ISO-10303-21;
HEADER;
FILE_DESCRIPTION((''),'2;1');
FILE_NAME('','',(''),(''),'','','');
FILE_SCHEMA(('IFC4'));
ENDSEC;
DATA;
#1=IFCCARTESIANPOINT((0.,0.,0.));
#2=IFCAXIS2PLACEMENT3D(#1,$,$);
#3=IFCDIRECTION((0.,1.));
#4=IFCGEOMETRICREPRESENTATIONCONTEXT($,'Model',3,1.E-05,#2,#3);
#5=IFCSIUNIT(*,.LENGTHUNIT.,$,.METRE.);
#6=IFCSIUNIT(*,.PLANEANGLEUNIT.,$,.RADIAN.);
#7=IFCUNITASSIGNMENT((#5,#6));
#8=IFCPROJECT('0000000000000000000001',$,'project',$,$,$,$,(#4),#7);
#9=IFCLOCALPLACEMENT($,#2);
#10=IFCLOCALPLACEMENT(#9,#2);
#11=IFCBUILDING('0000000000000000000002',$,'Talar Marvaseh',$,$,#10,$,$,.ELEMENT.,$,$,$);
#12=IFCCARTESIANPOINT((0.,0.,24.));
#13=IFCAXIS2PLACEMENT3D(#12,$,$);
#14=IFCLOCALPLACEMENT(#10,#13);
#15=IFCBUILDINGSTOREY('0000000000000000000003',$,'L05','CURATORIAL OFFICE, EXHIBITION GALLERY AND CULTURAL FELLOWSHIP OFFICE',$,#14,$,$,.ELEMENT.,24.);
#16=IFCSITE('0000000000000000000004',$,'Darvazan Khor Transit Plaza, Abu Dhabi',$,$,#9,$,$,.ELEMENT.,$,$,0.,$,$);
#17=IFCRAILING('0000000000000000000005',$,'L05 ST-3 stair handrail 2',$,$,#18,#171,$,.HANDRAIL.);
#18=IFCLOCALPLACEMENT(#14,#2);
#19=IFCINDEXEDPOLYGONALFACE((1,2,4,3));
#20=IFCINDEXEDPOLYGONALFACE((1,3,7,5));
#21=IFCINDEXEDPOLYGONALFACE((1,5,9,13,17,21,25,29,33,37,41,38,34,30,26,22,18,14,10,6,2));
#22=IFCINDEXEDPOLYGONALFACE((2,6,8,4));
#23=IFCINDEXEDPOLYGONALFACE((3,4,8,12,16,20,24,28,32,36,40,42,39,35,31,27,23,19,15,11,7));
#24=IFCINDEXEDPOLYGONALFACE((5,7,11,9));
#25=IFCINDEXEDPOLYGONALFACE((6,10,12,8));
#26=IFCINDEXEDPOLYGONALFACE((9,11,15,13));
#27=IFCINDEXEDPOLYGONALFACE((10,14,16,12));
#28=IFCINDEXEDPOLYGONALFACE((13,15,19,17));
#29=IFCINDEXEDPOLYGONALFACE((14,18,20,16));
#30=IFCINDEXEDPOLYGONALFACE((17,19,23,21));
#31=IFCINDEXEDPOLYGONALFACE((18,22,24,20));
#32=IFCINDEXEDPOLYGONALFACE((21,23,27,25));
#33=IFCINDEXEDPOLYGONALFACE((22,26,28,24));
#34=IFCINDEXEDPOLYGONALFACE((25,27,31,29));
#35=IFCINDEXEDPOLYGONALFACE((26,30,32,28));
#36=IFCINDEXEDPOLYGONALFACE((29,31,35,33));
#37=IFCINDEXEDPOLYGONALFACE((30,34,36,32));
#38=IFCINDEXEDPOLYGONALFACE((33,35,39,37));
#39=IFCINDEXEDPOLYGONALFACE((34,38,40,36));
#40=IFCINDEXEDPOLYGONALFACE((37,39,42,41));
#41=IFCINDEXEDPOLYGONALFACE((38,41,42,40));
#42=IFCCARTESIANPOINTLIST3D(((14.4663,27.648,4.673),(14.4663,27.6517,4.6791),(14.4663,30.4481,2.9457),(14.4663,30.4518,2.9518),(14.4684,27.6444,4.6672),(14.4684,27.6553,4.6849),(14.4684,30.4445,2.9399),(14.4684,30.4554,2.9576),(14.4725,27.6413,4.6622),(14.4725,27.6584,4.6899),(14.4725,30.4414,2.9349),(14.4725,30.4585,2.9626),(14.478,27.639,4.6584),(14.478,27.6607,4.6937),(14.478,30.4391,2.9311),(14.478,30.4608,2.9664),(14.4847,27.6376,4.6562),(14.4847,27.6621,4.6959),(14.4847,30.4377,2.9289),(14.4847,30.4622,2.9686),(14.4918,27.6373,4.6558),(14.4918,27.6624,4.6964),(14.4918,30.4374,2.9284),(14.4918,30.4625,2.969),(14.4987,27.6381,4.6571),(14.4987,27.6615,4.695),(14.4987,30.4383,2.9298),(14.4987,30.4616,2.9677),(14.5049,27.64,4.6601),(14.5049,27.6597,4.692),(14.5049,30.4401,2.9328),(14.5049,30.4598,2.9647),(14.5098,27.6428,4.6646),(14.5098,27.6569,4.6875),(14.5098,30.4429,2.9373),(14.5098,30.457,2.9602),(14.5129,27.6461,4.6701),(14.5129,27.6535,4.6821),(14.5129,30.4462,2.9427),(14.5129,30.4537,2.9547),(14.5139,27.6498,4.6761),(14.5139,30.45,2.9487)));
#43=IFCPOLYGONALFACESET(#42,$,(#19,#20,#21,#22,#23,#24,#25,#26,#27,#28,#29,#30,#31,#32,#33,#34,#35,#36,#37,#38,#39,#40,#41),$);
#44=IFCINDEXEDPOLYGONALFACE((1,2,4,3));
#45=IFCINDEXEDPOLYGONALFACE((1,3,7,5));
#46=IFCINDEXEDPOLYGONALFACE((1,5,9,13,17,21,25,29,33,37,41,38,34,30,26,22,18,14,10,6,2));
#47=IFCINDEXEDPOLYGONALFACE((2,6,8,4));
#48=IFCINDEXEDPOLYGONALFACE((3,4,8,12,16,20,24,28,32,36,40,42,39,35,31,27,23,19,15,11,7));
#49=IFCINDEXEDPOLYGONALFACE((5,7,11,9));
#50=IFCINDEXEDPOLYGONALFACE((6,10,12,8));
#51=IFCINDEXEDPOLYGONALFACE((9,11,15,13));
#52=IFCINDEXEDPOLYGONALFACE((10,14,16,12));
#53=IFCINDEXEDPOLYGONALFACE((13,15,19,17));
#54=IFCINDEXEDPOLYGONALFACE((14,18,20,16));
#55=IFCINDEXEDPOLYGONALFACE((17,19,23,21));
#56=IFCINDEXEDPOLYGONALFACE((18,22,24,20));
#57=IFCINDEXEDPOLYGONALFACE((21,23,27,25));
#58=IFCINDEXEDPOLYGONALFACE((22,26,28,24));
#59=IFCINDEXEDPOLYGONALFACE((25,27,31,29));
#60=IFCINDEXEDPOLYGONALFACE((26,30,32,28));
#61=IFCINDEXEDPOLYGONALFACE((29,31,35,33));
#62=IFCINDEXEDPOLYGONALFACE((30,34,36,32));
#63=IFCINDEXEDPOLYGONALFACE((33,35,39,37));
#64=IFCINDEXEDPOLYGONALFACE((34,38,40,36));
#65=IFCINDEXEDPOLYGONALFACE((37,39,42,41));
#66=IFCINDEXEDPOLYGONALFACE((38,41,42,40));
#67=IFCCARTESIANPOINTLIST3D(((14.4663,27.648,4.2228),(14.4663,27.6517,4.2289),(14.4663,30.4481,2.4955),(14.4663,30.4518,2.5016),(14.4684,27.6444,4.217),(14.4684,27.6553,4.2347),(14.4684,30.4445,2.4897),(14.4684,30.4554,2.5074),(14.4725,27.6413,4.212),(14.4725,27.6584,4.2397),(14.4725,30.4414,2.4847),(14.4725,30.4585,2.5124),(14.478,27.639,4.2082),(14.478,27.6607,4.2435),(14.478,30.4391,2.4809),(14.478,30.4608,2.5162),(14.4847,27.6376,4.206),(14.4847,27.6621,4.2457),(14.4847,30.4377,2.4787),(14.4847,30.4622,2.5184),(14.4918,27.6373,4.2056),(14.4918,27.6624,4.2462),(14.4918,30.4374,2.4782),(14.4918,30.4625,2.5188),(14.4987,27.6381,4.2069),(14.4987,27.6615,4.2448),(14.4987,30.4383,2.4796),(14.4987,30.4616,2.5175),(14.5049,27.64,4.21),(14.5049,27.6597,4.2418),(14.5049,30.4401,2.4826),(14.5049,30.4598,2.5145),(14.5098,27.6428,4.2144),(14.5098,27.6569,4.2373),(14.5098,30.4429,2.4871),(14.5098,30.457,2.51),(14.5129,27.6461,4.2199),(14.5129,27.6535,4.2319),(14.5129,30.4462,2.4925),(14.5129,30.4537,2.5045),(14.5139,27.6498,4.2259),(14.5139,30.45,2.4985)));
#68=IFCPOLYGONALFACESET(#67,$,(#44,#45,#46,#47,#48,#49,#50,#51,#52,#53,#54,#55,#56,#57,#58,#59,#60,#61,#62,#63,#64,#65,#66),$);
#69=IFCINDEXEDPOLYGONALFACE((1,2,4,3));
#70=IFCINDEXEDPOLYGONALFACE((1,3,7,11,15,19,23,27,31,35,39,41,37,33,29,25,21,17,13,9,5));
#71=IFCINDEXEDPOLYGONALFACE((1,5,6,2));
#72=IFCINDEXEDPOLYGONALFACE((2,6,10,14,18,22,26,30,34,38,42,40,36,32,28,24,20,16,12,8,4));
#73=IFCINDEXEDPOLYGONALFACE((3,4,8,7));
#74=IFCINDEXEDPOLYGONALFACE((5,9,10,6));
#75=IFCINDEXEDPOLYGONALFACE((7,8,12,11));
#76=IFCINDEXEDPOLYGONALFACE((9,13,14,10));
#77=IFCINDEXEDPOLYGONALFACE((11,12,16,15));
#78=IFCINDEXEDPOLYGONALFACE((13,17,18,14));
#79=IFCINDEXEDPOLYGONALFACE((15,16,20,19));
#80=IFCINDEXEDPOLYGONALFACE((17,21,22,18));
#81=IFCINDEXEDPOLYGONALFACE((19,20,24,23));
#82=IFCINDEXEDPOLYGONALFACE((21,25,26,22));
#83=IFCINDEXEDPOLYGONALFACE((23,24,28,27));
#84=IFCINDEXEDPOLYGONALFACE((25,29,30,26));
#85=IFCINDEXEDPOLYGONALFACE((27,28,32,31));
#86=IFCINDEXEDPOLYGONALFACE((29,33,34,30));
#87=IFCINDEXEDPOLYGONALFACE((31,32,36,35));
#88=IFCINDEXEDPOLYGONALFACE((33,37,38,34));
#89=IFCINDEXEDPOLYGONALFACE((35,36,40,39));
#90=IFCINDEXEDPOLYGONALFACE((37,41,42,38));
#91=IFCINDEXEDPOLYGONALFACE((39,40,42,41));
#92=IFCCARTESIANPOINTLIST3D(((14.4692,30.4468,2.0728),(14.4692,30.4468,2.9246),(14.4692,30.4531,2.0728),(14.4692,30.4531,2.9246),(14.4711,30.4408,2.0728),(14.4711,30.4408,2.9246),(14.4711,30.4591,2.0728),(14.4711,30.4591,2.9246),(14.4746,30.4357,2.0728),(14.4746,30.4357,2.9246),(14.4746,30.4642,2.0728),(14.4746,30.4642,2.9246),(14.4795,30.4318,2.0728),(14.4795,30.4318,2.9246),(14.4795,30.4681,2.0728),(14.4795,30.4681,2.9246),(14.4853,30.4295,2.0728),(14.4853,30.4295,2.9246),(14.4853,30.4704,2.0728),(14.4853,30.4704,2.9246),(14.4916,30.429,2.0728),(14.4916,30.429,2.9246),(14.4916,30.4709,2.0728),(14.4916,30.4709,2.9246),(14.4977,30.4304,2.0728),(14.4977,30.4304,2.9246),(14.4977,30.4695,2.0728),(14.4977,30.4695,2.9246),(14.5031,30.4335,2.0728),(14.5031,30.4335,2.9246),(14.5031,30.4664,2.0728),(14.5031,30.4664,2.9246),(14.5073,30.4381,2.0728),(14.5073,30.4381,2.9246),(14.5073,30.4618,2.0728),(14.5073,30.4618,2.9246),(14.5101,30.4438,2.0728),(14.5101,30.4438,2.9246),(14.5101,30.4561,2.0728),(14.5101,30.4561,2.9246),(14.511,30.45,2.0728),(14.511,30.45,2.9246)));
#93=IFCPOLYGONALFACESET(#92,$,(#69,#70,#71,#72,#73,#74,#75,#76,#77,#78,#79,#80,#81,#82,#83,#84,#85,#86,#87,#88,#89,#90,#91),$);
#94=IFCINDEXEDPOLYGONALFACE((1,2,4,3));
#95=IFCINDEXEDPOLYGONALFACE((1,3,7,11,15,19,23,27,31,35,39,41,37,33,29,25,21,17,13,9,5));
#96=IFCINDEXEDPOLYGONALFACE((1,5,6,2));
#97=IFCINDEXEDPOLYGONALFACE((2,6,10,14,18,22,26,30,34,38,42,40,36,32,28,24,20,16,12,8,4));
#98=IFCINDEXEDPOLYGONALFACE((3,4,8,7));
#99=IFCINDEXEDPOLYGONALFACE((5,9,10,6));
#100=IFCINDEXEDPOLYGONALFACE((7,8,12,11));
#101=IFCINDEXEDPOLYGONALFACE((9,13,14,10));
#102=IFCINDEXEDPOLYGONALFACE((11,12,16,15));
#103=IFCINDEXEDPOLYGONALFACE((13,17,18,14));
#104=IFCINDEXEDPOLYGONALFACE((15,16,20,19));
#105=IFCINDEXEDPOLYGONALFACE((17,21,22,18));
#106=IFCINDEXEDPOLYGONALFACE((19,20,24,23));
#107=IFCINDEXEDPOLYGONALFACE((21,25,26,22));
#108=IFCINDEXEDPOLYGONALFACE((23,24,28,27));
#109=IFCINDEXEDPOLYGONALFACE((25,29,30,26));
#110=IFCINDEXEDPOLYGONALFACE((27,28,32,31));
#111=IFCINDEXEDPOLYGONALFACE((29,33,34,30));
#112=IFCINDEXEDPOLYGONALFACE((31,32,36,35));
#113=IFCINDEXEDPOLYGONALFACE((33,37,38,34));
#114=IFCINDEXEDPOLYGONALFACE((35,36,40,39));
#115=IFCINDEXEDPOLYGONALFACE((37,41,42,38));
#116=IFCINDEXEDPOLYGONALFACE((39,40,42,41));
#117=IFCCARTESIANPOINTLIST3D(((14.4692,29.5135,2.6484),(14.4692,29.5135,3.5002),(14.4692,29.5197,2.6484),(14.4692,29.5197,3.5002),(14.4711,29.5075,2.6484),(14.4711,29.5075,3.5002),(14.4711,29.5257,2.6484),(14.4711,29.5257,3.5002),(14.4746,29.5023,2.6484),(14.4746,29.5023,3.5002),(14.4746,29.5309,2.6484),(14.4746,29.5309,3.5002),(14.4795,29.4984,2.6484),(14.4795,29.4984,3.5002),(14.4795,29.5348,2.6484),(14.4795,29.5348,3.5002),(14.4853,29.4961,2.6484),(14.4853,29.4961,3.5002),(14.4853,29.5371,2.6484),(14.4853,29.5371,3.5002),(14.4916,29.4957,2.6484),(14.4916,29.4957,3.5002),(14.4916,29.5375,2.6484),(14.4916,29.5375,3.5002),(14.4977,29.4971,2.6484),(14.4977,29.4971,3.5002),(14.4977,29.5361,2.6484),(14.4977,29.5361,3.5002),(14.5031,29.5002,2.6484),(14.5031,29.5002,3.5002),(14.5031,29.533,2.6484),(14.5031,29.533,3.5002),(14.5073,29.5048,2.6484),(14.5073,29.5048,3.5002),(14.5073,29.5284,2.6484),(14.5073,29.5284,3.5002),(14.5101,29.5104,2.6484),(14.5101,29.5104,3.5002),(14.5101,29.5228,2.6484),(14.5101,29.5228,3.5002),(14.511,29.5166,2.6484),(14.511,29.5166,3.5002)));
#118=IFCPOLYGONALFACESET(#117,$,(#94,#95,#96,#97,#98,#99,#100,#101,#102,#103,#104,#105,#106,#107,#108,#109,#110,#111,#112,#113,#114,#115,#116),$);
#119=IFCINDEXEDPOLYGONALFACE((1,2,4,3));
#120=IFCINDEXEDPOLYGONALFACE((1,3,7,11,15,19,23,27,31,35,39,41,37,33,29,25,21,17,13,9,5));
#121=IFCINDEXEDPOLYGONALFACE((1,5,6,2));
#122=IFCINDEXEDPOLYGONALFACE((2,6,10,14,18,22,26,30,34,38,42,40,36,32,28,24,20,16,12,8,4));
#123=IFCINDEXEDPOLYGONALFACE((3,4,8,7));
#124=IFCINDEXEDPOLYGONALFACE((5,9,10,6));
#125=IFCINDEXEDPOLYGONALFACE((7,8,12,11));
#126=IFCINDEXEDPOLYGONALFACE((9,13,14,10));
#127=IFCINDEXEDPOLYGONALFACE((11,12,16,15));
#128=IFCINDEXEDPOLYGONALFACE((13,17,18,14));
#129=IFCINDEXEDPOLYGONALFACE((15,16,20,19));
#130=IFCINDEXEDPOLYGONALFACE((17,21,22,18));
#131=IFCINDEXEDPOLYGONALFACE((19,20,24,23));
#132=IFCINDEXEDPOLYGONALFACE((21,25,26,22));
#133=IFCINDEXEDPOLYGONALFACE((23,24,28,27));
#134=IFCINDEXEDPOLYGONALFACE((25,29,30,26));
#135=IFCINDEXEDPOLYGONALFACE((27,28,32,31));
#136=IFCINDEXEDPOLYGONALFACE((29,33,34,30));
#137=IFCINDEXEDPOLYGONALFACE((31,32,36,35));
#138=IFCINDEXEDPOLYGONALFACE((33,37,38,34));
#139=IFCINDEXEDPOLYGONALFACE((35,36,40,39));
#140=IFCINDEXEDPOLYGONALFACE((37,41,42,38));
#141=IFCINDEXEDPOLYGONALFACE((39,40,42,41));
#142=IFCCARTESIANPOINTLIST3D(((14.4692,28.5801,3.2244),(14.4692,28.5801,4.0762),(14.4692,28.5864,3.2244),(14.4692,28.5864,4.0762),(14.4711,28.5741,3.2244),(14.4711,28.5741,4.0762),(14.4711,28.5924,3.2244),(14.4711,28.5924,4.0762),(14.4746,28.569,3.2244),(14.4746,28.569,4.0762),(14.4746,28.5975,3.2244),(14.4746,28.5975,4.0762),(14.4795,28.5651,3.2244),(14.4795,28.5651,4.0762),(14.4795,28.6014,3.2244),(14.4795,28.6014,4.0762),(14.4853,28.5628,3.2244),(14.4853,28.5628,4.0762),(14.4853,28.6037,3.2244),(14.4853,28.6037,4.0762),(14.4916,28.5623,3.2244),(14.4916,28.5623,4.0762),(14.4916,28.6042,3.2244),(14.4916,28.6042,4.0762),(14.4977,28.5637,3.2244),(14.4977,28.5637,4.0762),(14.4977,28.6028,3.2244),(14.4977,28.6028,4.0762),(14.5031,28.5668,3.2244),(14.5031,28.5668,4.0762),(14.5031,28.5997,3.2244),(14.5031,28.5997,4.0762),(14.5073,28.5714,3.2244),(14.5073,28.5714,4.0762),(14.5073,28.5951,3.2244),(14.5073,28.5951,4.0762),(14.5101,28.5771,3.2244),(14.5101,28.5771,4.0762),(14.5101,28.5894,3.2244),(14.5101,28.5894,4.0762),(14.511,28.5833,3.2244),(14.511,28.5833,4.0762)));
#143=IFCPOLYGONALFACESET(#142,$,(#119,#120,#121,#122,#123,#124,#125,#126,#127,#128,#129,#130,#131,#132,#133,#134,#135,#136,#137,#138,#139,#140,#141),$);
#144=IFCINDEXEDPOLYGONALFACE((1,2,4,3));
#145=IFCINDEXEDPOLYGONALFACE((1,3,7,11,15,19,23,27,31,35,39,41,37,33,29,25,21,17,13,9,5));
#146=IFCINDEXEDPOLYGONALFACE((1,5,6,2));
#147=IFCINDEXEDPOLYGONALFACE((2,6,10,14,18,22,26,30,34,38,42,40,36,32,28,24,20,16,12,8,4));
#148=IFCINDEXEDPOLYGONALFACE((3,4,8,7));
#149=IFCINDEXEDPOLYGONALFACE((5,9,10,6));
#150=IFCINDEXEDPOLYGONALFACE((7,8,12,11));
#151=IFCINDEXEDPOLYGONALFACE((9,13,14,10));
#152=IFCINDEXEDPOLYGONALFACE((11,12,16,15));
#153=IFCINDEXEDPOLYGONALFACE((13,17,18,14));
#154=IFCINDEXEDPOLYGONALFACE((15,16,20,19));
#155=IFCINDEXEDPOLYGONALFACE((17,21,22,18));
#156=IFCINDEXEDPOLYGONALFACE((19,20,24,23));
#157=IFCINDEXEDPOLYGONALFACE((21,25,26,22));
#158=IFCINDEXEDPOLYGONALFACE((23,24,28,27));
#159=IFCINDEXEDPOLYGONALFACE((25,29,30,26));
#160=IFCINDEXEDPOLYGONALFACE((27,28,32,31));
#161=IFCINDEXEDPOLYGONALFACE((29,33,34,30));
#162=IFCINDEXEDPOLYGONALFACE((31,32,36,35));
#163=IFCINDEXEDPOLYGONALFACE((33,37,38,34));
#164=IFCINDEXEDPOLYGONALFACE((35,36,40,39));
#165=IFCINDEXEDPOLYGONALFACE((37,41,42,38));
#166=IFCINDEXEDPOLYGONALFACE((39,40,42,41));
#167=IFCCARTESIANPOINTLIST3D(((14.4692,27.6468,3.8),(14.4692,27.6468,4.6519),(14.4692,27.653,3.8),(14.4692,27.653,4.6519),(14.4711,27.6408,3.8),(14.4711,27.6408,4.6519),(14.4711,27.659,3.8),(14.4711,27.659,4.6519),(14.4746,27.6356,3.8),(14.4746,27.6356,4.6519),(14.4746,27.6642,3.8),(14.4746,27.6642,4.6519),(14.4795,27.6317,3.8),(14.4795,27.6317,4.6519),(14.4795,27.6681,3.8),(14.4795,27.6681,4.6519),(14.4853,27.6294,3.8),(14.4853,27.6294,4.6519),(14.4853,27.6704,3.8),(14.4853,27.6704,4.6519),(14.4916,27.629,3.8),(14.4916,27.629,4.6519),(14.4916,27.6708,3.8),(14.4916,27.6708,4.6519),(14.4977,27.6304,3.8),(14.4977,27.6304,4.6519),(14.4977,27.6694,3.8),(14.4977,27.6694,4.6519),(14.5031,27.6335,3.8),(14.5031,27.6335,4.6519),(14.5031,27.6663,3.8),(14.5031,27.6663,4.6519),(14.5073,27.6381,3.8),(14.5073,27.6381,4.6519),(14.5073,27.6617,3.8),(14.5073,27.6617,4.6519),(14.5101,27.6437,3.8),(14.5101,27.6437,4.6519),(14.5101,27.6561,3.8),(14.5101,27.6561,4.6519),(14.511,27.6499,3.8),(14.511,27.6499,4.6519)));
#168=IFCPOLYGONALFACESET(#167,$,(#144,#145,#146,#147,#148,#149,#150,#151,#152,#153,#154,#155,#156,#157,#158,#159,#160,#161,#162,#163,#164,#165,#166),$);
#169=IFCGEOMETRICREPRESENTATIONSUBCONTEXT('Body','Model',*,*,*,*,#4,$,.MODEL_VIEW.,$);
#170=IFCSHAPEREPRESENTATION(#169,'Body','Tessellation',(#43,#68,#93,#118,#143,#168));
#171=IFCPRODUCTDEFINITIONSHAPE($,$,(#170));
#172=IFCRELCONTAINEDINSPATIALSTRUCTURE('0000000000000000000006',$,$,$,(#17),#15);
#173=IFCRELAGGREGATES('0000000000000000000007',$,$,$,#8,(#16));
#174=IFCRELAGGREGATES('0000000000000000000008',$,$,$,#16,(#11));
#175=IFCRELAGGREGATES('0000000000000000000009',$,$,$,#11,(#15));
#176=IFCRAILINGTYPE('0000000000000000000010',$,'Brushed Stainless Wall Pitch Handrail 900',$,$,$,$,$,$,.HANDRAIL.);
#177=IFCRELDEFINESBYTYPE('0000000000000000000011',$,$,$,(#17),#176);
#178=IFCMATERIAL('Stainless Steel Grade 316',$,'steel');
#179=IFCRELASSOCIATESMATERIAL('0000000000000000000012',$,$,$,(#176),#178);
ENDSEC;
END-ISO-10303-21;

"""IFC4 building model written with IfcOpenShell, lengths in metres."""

from ifc_helpers import new_model, si_unit, direction, frame, origin, origin_2d, place, context, subcontext, project, spatial, circle, extrude, material, type_object, element, save


model = new_model("IFC4")

# Units and contexts
model_context = context("Model", 3, precision=1e-05, world=origin(), true_north=direction((0.0, 1.0)))
body_context = subcontext(model_context, "Body", "Model", "MODEL_VIEW")
ifc_project = project(units=[si_unit("LENGTHUNIT", "METRE"), si_unit("PLANEANGLEUNIT", "RADIAN")], contexts=[model_context])

# Site, building, storey
site_placement = place(None, origin())
site = spatial("IfcSite", under=ifc_project, at=site_placement, Name="Darvazan Khor Transit Plaza, Abu Dhabi", CompositionType="ELEMENT", RefElevation=0.0)
building_placement = place(site_placement, origin())
building = spatial("IfcBuilding", under=site, at=building_placement, Name="Talar Marvaseh", CompositionType="ELEMENT")
storey_placement = place(building_placement, frame((0.0, 0.0, 24.0)))
storey = spatial("IfcBuildingStorey", under=building, at=storey_placement, Name="L05", Description="CURATORIAL OFFICE, EXHIBITION GALLERY AND CULTURAL FELLOWSHIP OFFICE", CompositionType="ELEMENT", Elevation=24.0)

# Railing
ifc_material_1 = material(Name="Stainless Steel Grade 316", Category="steel")
railing_type_1 = type_object("IfcRailingType", Name="Brushed Stainless Wall Pitch Handrail 900", PredefinedType="HANDRAIL", material=ifc_material_1)
railing_1_placement = place(storey_placement, frame((14.49, 30.45, 2.0728)))
element("IfcRailing", 1, at=railing_1_placement, inside=storey, type_object=railing_type_1, Name="L05 ST-3 stair handrail 2", PredefinedType="HANDRAIL", context=body_context, shape_type="SweptSolid", body=[
    extrude(circle(Radius=0.0239, at=origin_2d()), frame((0.0, 0.0, 0.876), z_axis=(0.0, -0.85109, 0.52502), x_axis=(1.0, 0.0, 0.0)), (0.0, 0.0, 1.0), 3.29),
    extrude(circle(Radius=0.0239, at=origin_2d()), frame((0.0, 0.0, 0.4258), z_axis=(0.0, -0.85109, 0.52502), x_axis=(1.0, 0.0, 0.0)), (0.0, 0.0, 1.0), 3.29),
    extrude(circle(Radius=0.021, at=origin_2d()), origin(), (0.0, 0.0, 1.0), 0.8518),
    extrude(circle(Radius=0.021, at=origin_2d()), frame((0.0, -0.9333, 0.5757)), (0.0, 0.0, 1.0), 0.8518),
    extrude(circle(Radius=0.021, at=origin_2d()), frame((0.0, -1.8667, 1.1516)), (0.0, 0.0, 1.0), 0.8518),
    extrude(circle(Radius=0.021, at=origin_2d()), frame((0.0, -2.8, 1.7273)), (0.0, 0.0, 1.0), 0.8518),
])

save(model, "model.ifc")
